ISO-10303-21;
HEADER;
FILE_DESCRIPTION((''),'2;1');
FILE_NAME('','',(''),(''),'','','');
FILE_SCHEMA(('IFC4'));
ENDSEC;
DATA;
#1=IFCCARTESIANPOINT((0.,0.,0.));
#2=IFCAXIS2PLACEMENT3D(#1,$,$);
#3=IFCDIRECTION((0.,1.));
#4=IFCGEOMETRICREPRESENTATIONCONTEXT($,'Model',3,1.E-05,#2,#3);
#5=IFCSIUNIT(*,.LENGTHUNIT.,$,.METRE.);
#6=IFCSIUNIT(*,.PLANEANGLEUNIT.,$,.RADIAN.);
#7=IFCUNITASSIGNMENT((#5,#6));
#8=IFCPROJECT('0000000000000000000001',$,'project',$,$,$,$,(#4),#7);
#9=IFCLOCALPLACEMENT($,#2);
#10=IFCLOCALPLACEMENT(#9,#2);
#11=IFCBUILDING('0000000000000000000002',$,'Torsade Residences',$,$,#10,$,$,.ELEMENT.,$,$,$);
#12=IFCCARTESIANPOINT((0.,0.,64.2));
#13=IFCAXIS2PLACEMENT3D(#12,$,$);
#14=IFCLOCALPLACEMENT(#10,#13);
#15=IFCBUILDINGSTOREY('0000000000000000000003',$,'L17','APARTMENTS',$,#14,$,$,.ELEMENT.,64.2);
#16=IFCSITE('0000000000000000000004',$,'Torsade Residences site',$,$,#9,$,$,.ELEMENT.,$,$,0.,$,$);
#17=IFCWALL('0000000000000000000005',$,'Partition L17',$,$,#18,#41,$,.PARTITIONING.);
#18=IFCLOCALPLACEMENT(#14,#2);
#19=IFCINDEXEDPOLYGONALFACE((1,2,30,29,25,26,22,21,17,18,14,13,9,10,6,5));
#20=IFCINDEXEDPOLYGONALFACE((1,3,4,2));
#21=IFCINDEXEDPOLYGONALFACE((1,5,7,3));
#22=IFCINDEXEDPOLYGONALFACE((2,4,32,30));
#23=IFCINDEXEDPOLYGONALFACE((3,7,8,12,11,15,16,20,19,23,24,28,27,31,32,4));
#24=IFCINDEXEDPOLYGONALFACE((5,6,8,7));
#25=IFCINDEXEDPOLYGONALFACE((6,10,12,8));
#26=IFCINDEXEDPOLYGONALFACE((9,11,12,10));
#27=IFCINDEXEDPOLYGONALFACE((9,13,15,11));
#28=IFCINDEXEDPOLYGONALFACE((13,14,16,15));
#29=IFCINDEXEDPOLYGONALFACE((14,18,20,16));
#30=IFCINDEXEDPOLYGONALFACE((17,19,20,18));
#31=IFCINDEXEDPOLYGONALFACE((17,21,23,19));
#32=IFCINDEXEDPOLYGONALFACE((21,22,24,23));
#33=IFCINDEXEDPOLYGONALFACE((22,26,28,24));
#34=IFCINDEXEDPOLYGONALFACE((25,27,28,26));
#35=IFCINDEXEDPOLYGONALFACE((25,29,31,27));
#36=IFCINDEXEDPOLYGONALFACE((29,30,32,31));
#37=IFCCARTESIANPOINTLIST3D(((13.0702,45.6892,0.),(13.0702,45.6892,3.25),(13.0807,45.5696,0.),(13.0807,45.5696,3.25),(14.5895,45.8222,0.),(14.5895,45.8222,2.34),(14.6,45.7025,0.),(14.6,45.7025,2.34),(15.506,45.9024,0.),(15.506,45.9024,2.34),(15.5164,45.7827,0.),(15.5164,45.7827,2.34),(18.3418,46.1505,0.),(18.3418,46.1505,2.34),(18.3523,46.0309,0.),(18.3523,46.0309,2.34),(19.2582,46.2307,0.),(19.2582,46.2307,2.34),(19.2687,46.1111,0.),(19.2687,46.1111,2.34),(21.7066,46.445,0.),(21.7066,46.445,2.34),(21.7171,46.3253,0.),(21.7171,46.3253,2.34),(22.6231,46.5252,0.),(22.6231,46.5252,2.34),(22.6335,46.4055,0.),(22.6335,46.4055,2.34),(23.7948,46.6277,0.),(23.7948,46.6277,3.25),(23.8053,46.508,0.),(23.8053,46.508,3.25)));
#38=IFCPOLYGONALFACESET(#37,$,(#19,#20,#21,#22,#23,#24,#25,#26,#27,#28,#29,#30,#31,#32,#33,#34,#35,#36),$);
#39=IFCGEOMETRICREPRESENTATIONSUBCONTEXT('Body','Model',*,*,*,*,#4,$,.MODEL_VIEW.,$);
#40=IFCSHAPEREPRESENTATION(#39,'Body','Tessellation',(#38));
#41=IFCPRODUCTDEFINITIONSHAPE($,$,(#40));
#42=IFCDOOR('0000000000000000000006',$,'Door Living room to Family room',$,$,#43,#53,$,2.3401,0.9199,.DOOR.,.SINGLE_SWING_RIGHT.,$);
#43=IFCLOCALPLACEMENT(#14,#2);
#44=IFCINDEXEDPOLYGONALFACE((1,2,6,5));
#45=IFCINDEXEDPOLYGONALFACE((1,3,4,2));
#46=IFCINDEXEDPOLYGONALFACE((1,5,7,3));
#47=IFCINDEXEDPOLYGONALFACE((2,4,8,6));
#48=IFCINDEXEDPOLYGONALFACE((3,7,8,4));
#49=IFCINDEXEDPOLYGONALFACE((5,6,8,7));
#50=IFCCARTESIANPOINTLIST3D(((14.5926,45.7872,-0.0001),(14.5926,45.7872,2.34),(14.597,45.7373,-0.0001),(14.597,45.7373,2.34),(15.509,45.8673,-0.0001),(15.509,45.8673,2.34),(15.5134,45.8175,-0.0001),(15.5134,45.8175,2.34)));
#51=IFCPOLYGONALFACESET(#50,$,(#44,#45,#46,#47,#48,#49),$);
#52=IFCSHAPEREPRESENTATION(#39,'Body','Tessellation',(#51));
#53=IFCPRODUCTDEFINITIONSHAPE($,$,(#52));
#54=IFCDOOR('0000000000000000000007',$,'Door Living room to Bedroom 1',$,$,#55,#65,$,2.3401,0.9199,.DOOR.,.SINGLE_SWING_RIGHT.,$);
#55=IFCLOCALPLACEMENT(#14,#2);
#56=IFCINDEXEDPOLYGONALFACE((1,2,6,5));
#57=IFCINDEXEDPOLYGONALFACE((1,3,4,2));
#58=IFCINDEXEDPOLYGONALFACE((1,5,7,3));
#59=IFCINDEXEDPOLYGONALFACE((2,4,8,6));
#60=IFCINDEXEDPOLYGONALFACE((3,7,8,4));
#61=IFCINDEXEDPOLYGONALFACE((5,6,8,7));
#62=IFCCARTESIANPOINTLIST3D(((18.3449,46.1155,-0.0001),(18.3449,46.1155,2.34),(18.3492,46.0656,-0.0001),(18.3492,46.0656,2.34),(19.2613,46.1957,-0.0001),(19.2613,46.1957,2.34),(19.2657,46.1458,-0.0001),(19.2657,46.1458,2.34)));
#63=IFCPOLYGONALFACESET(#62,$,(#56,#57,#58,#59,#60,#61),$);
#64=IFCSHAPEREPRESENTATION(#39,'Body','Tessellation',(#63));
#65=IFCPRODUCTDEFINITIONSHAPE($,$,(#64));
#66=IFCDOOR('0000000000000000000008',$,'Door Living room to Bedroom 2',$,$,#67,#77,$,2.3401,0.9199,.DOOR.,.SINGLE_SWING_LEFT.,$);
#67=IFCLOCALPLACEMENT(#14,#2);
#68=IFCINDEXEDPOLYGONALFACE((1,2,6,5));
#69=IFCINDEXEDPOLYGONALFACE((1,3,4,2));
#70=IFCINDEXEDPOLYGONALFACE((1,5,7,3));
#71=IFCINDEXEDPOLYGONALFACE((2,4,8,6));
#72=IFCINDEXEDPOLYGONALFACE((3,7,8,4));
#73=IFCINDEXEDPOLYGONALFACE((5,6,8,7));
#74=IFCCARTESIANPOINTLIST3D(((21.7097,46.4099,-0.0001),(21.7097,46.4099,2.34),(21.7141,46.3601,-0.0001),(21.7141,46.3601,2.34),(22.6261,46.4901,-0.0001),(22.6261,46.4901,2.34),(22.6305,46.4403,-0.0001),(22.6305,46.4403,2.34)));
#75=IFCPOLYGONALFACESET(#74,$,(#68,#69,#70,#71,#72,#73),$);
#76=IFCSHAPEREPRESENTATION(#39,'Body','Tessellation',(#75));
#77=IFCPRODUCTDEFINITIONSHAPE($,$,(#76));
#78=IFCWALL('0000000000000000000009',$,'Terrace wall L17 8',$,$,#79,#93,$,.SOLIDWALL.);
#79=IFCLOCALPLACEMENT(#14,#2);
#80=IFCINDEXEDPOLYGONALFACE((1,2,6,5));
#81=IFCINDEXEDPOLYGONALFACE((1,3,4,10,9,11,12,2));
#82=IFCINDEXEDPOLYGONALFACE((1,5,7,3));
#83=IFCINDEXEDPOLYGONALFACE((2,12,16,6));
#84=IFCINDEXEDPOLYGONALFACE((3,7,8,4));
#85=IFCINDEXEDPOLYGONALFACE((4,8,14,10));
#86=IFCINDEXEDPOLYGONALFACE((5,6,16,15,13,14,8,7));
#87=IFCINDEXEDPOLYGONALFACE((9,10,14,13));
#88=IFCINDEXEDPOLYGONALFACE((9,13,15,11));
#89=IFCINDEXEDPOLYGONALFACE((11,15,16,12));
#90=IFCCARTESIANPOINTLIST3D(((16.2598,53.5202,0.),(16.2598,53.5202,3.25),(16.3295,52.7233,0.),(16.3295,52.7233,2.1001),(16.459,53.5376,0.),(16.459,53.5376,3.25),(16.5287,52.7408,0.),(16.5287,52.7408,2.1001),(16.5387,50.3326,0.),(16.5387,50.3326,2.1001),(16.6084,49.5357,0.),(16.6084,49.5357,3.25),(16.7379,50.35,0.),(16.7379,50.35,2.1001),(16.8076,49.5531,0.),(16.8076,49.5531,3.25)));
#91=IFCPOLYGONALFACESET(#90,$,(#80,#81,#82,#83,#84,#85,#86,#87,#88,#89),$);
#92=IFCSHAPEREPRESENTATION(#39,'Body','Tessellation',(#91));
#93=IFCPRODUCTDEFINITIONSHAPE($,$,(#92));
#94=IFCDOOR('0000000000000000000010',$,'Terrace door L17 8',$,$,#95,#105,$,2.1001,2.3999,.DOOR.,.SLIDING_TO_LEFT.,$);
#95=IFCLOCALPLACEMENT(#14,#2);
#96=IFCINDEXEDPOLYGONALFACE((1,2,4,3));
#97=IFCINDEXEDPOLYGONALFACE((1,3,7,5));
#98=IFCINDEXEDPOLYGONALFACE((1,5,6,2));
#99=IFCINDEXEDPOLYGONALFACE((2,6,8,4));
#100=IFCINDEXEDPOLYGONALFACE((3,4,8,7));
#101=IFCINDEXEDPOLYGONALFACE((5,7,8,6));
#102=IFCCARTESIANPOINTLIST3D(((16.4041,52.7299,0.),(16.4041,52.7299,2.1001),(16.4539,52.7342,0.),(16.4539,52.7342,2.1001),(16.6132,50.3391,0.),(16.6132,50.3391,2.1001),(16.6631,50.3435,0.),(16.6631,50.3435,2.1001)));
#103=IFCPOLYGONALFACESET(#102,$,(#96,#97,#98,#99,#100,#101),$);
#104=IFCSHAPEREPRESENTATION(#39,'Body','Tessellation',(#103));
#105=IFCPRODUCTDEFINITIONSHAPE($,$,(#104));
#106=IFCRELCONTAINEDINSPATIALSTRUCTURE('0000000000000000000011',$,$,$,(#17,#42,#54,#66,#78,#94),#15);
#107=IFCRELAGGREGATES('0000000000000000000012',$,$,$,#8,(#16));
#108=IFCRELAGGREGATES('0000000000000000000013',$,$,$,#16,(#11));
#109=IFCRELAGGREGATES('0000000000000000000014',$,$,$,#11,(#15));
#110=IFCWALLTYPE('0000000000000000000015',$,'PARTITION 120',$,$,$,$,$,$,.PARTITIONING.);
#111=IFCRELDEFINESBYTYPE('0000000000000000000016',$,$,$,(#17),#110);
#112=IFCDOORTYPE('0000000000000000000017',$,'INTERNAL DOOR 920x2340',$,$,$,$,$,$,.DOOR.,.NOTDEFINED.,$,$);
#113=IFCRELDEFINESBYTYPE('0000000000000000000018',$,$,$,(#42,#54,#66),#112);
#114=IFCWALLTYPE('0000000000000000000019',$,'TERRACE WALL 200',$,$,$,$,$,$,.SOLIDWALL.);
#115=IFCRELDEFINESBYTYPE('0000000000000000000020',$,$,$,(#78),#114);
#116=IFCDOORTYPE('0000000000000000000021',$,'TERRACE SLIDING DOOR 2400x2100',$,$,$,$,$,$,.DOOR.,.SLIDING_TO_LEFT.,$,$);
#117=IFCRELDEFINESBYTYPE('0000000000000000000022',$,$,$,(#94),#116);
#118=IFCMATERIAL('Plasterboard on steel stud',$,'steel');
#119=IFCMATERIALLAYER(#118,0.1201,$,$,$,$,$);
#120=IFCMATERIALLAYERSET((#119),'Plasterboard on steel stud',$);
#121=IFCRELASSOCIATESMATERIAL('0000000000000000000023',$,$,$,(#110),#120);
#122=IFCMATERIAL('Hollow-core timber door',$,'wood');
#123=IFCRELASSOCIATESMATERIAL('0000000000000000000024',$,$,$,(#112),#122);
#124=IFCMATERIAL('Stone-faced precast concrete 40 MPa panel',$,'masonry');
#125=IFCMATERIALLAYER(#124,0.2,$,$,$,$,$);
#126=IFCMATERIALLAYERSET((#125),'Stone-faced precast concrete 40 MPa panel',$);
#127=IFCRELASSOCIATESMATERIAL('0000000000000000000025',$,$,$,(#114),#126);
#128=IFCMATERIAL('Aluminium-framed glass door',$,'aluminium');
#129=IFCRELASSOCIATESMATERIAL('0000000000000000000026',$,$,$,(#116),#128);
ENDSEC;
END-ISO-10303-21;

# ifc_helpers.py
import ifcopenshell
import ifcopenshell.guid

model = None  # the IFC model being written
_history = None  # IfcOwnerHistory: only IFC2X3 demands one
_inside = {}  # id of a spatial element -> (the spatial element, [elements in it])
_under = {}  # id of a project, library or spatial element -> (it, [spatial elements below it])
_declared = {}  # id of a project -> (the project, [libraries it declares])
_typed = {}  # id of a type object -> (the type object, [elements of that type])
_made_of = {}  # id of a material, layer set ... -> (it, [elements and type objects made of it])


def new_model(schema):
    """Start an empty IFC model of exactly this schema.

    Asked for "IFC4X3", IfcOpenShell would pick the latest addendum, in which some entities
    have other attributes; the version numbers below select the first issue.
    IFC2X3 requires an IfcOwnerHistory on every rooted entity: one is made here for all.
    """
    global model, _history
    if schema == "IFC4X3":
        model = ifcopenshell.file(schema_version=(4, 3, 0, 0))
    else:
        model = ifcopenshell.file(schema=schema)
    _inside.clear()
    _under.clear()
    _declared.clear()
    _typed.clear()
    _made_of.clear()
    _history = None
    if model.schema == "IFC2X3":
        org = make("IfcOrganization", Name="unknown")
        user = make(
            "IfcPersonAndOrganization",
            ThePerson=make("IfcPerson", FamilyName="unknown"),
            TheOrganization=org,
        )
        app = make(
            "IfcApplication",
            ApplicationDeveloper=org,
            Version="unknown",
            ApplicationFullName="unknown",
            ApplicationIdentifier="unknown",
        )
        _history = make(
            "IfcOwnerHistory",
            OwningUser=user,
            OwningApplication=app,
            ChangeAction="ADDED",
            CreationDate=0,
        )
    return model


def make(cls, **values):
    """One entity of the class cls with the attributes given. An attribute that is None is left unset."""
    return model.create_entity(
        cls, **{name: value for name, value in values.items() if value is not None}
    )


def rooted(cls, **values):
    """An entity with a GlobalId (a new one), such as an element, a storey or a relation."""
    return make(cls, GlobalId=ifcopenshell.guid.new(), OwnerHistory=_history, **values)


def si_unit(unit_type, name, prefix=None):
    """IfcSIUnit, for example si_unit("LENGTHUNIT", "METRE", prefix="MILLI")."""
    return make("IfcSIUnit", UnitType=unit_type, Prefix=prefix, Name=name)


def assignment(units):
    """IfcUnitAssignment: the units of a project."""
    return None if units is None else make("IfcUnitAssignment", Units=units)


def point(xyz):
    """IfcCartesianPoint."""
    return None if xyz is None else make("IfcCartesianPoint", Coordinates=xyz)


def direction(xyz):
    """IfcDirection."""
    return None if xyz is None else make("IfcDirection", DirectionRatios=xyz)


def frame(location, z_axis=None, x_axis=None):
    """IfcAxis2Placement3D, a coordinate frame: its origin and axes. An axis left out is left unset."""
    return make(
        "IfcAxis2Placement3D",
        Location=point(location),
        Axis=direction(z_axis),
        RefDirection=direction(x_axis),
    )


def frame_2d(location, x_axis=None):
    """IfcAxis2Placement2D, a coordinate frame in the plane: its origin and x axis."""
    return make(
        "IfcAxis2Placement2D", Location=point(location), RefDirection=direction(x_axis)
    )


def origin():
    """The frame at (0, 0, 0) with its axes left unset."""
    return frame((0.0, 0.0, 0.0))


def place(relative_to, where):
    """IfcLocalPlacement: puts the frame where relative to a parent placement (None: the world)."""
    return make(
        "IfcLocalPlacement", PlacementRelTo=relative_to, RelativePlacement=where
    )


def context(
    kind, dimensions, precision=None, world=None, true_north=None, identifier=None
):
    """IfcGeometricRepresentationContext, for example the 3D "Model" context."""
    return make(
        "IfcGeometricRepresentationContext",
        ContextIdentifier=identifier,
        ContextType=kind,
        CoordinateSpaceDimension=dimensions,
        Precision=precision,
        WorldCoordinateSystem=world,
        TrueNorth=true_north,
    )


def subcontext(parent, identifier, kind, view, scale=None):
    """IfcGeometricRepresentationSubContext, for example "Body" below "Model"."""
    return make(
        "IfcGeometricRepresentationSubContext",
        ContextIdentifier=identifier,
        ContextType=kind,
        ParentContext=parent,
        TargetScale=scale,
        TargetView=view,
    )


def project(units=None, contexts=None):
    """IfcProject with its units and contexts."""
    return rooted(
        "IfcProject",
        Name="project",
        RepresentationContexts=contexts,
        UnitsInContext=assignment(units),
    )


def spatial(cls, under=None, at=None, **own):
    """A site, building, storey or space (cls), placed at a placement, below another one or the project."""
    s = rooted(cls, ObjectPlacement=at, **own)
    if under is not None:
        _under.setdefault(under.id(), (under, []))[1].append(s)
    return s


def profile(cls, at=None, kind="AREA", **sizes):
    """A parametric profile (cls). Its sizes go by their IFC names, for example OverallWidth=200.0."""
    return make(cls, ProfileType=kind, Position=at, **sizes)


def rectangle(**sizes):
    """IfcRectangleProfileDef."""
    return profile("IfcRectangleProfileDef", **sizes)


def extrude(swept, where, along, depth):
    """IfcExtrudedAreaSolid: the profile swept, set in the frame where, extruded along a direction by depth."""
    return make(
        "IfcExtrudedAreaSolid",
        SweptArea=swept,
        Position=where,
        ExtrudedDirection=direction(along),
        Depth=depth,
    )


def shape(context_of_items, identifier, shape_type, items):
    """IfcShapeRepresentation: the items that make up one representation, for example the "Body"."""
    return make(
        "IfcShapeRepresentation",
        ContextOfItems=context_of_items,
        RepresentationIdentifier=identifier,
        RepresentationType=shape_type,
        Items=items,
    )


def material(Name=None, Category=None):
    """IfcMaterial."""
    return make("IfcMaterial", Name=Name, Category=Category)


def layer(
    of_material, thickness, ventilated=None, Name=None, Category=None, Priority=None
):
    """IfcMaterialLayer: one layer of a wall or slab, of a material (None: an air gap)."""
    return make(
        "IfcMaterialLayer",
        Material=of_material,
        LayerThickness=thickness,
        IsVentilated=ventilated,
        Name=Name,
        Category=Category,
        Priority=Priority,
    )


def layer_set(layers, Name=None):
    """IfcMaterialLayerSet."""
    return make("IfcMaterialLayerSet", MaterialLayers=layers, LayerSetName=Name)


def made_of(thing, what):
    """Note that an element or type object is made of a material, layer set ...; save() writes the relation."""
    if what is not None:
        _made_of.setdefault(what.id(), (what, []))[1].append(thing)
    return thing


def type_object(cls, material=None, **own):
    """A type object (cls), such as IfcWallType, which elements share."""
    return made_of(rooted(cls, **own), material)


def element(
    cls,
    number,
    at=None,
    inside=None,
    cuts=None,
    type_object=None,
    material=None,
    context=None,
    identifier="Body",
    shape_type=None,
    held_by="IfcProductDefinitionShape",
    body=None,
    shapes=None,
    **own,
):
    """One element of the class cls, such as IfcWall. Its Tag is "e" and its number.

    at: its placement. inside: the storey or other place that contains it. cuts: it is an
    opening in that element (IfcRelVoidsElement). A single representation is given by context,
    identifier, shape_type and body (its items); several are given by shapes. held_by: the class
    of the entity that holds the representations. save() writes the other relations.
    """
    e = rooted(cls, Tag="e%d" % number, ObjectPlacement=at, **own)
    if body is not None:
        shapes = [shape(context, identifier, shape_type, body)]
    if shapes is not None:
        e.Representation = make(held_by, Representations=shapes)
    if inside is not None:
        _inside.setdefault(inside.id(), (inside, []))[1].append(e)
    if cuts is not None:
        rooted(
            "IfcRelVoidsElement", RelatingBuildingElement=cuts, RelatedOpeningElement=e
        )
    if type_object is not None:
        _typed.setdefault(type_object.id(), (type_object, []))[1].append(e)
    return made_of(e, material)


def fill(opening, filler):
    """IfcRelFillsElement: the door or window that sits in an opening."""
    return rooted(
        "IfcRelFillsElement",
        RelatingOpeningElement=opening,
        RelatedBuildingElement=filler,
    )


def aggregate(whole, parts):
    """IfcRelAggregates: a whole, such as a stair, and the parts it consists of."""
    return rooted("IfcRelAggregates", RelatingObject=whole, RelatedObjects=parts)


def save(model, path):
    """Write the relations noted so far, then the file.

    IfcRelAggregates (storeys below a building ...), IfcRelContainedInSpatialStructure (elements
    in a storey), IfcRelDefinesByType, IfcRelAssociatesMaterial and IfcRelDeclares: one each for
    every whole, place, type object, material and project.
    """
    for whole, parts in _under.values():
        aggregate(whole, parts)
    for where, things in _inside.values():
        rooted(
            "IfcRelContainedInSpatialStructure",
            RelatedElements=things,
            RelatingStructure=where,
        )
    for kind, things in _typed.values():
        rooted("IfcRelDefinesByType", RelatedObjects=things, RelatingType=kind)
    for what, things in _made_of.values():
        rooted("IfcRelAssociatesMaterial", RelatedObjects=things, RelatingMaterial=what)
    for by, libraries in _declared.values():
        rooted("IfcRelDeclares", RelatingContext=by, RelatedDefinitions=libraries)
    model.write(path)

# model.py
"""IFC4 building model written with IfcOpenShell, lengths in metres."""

from ifc_helpers import new_model, si_unit, direction, frame, frame_2d, origin, place, context, subcontext, project, spatial, rectangle, extrude, material, layer, layer_set, type_object, element, fill, save


model = new_model("IFC4")

# Units and contexts
model_context = context("Model", 3, precision=1e-05, world=origin(), true_north=direction((0.0, 1.0)))
body_context = subcontext(model_context, "Body", "Model", "MODEL_VIEW")
ifc_project = project(units=[si_unit("LENGTHUNIT", "METRE"), si_unit("PLANEANGLEUNIT", "RADIAN")], contexts=[model_context])

# Site, building, storey
site_placement = place(None, origin())
site = spatial("IfcSite", under=ifc_project, at=site_placement, Name="Torsade Residences site", CompositionType="ELEMENT", RefElevation=0.0)
building_placement = place(site_placement, origin())
building = spatial("IfcBuilding", under=site, at=building_placement, Name="Torsade Residences", CompositionType="ELEMENT")
storey_placement = place(building_placement, frame((0.0, 0.0, 64.2)))
storey = spatial("IfcBuildingStorey", under=building, at=storey_placement, Name="L17", Description="APARTMENTS", CompositionType="ELEMENT", Elevation=64.2)

# Wall, openings, doors
ifc_material_1 = material(Name="Plasterboard on steel stud", Category="steel")
ifc_layer_1 = layer(ifc_material_1, 0.1201)
ifc_layer_set_1 = layer_set([ifc_layer_1], Name="Plasterboard on steel stud")
wall_type_1 = type_object("IfcWallType", Name="PARTITION 120", PredefinedType="PARTITIONING", material=ifc_layer_set_1)
wall_1_placement = place(storey_placement, frame((13.0754, 45.6294, 0.0), z_axis=(0.0, 0.0, 1.0), x_axis=(0.996193, 0.087174, 0.0)))
wall_1 = element("IfcWall", 1, at=wall_1_placement, inside=storey, type_object=wall_type_1, Name="Partition L17", PredefinedType="PARTITIONING", context=body_context, shape_type="SweptSolid", body=[
    extrude(rectangle(XDim=10.7656, YDim=0.1201, at=frame_2d((5.3828, 0.0))), origin(), (0.0, 0.0, 1.0), 3.25),
])
opening_1_placement = place(wall_1_placement, frame((1.5251, 0.0, 0.0)))
opening_1 = element("IfcOpeningElement", 2, at=opening_1_placement, cuts=wall_1, PredefinedType="OPENING", context=body_context, shape_type="SweptSolid", body=[
    extrude(rectangle(XDim=0.9199, YDim=2.3401, at=frame_2d((0.46, 1.1699))), frame((0.0, 0.0701, 0.0), z_axis=(0.0, -1.0, 0.0), x_axis=(1.0, 0.0, 0.0)), (0.0, 0.0, 1.0), 0.1401),
])
opening_2_placement = place(wall_1_placement, frame((5.2917, 0.0, 0.0)))
opening_2 = element("IfcOpeningElement", 3, at=opening_2_placement, cuts=wall_1, PredefinedType="OPENING", context=body_context, shape_type="SweptSolid", body=[
    extrude(rectangle(XDim=0.9199, YDim=2.3401, at=frame_2d((0.46, 1.1699))), frame((0.0, 0.0701, 0.0), z_axis=(0.0, -1.0, 0.0), x_axis=(1.0, 0.0, 0.0)), (0.0, 0.0, 1.0), 0.1401),
])
opening_3_placement = place(wall_1_placement, frame((8.6694, 0.0, 0.0)))
opening_3 = element("IfcOpeningElement", 4, at=opening_3_placement, cuts=wall_1, PredefinedType="OPENING", context=body_context, shape_type="SweptSolid", body=[
    extrude(rectangle(XDim=0.9199, YDim=2.3401, at=frame_2d((0.46, 1.1699))), frame((0.0, 0.0701, 0.0), z_axis=(0.0, -1.0, 0.0), x_axis=(1.0, 0.0, 0.0)), (0.0, 0.0, 1.0), 0.1401),
])
ifc_material_2 = material(Name="Hollow-core timber door", Category="wood")
door_type_1 = type_object("IfcDoorType", Name="INTERNAL DOOR 920x2340", OperationType="NOTDEFINED", PredefinedType="DOOR", material=ifc_material_2)
door_1_placement = place(opening_1_placement, origin())
door_1 = element("IfcDoor", 5, at=door_1_placement, inside=storey, type_object=door_type_1, Name="Door Living room to Family room", OperationType="SINGLE_SWING_RIGHT", OverallHeight=2.3401, OverallWidth=0.9199, PredefinedType="DOOR", context=body_context, shape_type="SweptSolid", body=[
    extrude(rectangle(XDim=0.9199, YDim=2.3401, at=frame_2d((0.46, 1.1699))), frame((0.0, 0.0249, 0.0), z_axis=(0.0, -1.0, 0.0), x_axis=(1.0, 0.0, 0.0)), (0.0, 0.0, 1.0), 0.05),
])
fill(opening_1, door_1)
door_2_placement = place(opening_2_placement, origin())
door_2 = element("IfcDoor", 6, at=door_2_placement, inside=storey, type_object=door_type_1, Name="Door Living room to Bedroom 1", OperationType="SINGLE_SWING_RIGHT", OverallHeight=2.3401, OverallWidth=0.9199, PredefinedType="DOOR", context=body_context, shape_type="SweptSolid", body=[
    extrude(rectangle(XDim=0.9199, YDim=2.3401, at=frame_2d((0.46, 1.1699))), frame((0.0, 0.0249, 0.0), z_axis=(0.0, -1.0, 0.0), x_axis=(1.0, 0.0, 0.0)), (0.0, 0.0, 1.0), 0.05),
])
fill(opening_2, door_2)
door_3_placement = place(opening_3_placement, origin())
door_3 = element("IfcDoor", 7, at=door_3_placement, inside=storey, type_object=door_type_1, Name="Door Living room to Bedroom 2", OperationType="SINGLE_SWING_LEFT", OverallHeight=2.3401, OverallWidth=0.9199, PredefinedType="DOOR", context=body_context, shape_type="SweptSolid", body=[
    extrude(rectangle(XDim=0.9199, YDim=2.3401, at=frame_2d((0.46, 1.1699))), frame((0.0, 0.0249, 0.0), z_axis=(0.0, -1.0, 0.0), x_axis=(1.0, 0.0, 0.0)), (0.0, 0.0, 1.0), 0.05),
])
fill(opening_3, door_3)

# Wall, opening, door
ifc_material_3 = material(Name="Stone-faced precast concrete 40 MPa panel", Category="masonry")
ifc_layer_2 = layer(ifc_material_3, 0.2)
ifc_layer_set_2 = layer_set([ifc_layer_2], Name="Stone-faced precast concrete 40 MPa panel")
wall_type_2 = type_object("IfcWallType", Name="TERRACE WALL 200", PredefinedType="SOLIDWALL", material=ifc_layer_set_2)
wall_2_placement = place(storey_placement, frame((16.3594, 53.5291, 0.0), z_axis=(0.0, 0.0, 1.0), x_axis=(0.087162, -0.996194, 0.0)))
wall_2 = element("IfcWall", 8, at=wall_2_placement, inside=storey, type_object=wall_type_2, Name="Terrace wall L17 8", PredefinedType="SOLIDWALL", context=body_context, shape_type="SweptSolid", body=[
    extrude(rectangle(XDim=3.9998, YDim=0.2, at=frame_2d((2.0, 0.0))), origin(), (0.0, 0.0, 1.0), 3.25),
])
opening_4_placement = place(wall_2_placement, frame((0.8, 0.0, 0.0)))
opening_4 = element("IfcOpeningElement", 9, at=opening_4_placement, cuts=wall_2, PredefinedType="OPENING", context=body_context, shape_type="SweptSolid", body=[
    extrude(rectangle(XDim=2.3999, YDim=2.1001, at=frame_2d((1.2, 1.05))), frame((0.0, 0.1099, 0.0), z_axis=(0.0, -1.0, 0.0), x_axis=(1.0, 0.0, 0.0)), (0.0, 0.0, 1.0), 0.22),
])
ifc_material_4 = material(Name="Aluminium-framed glass door", Category="aluminium")
door_type_2 = type_object("IfcDoorType", Name="TERRACE SLIDING DOOR 2400x2100", OperationType="SLIDING_TO_LEFT", PredefinedType="DOOR", material=ifc_material_4)
door_4_placement = place(opening_4_placement, origin())
door_4 = element("IfcDoor", 10, at=door_4_placement, inside=storey, type_object=door_type_2, Name="Terrace door L17 8", OperationType="SLIDING_TO_LEFT", OverallHeight=2.1001, OverallWidth=2.3999, PredefinedType="DOOR", context=body_context, shape_type="SweptSolid", body=[
    extrude(rectangle(XDim=2.3999, YDim=2.1001, at=frame_2d((1.2, 1.05))), frame((0.0, 0.0249, 0.0), z_axis=(0.0, -1.0, 0.0), x_axis=(1.0, 0.0, 0.0)), (0.0, 0.0, 1.0), 0.05),
])
fill(opening_4, door_4)

save(model, "model.ifc")
